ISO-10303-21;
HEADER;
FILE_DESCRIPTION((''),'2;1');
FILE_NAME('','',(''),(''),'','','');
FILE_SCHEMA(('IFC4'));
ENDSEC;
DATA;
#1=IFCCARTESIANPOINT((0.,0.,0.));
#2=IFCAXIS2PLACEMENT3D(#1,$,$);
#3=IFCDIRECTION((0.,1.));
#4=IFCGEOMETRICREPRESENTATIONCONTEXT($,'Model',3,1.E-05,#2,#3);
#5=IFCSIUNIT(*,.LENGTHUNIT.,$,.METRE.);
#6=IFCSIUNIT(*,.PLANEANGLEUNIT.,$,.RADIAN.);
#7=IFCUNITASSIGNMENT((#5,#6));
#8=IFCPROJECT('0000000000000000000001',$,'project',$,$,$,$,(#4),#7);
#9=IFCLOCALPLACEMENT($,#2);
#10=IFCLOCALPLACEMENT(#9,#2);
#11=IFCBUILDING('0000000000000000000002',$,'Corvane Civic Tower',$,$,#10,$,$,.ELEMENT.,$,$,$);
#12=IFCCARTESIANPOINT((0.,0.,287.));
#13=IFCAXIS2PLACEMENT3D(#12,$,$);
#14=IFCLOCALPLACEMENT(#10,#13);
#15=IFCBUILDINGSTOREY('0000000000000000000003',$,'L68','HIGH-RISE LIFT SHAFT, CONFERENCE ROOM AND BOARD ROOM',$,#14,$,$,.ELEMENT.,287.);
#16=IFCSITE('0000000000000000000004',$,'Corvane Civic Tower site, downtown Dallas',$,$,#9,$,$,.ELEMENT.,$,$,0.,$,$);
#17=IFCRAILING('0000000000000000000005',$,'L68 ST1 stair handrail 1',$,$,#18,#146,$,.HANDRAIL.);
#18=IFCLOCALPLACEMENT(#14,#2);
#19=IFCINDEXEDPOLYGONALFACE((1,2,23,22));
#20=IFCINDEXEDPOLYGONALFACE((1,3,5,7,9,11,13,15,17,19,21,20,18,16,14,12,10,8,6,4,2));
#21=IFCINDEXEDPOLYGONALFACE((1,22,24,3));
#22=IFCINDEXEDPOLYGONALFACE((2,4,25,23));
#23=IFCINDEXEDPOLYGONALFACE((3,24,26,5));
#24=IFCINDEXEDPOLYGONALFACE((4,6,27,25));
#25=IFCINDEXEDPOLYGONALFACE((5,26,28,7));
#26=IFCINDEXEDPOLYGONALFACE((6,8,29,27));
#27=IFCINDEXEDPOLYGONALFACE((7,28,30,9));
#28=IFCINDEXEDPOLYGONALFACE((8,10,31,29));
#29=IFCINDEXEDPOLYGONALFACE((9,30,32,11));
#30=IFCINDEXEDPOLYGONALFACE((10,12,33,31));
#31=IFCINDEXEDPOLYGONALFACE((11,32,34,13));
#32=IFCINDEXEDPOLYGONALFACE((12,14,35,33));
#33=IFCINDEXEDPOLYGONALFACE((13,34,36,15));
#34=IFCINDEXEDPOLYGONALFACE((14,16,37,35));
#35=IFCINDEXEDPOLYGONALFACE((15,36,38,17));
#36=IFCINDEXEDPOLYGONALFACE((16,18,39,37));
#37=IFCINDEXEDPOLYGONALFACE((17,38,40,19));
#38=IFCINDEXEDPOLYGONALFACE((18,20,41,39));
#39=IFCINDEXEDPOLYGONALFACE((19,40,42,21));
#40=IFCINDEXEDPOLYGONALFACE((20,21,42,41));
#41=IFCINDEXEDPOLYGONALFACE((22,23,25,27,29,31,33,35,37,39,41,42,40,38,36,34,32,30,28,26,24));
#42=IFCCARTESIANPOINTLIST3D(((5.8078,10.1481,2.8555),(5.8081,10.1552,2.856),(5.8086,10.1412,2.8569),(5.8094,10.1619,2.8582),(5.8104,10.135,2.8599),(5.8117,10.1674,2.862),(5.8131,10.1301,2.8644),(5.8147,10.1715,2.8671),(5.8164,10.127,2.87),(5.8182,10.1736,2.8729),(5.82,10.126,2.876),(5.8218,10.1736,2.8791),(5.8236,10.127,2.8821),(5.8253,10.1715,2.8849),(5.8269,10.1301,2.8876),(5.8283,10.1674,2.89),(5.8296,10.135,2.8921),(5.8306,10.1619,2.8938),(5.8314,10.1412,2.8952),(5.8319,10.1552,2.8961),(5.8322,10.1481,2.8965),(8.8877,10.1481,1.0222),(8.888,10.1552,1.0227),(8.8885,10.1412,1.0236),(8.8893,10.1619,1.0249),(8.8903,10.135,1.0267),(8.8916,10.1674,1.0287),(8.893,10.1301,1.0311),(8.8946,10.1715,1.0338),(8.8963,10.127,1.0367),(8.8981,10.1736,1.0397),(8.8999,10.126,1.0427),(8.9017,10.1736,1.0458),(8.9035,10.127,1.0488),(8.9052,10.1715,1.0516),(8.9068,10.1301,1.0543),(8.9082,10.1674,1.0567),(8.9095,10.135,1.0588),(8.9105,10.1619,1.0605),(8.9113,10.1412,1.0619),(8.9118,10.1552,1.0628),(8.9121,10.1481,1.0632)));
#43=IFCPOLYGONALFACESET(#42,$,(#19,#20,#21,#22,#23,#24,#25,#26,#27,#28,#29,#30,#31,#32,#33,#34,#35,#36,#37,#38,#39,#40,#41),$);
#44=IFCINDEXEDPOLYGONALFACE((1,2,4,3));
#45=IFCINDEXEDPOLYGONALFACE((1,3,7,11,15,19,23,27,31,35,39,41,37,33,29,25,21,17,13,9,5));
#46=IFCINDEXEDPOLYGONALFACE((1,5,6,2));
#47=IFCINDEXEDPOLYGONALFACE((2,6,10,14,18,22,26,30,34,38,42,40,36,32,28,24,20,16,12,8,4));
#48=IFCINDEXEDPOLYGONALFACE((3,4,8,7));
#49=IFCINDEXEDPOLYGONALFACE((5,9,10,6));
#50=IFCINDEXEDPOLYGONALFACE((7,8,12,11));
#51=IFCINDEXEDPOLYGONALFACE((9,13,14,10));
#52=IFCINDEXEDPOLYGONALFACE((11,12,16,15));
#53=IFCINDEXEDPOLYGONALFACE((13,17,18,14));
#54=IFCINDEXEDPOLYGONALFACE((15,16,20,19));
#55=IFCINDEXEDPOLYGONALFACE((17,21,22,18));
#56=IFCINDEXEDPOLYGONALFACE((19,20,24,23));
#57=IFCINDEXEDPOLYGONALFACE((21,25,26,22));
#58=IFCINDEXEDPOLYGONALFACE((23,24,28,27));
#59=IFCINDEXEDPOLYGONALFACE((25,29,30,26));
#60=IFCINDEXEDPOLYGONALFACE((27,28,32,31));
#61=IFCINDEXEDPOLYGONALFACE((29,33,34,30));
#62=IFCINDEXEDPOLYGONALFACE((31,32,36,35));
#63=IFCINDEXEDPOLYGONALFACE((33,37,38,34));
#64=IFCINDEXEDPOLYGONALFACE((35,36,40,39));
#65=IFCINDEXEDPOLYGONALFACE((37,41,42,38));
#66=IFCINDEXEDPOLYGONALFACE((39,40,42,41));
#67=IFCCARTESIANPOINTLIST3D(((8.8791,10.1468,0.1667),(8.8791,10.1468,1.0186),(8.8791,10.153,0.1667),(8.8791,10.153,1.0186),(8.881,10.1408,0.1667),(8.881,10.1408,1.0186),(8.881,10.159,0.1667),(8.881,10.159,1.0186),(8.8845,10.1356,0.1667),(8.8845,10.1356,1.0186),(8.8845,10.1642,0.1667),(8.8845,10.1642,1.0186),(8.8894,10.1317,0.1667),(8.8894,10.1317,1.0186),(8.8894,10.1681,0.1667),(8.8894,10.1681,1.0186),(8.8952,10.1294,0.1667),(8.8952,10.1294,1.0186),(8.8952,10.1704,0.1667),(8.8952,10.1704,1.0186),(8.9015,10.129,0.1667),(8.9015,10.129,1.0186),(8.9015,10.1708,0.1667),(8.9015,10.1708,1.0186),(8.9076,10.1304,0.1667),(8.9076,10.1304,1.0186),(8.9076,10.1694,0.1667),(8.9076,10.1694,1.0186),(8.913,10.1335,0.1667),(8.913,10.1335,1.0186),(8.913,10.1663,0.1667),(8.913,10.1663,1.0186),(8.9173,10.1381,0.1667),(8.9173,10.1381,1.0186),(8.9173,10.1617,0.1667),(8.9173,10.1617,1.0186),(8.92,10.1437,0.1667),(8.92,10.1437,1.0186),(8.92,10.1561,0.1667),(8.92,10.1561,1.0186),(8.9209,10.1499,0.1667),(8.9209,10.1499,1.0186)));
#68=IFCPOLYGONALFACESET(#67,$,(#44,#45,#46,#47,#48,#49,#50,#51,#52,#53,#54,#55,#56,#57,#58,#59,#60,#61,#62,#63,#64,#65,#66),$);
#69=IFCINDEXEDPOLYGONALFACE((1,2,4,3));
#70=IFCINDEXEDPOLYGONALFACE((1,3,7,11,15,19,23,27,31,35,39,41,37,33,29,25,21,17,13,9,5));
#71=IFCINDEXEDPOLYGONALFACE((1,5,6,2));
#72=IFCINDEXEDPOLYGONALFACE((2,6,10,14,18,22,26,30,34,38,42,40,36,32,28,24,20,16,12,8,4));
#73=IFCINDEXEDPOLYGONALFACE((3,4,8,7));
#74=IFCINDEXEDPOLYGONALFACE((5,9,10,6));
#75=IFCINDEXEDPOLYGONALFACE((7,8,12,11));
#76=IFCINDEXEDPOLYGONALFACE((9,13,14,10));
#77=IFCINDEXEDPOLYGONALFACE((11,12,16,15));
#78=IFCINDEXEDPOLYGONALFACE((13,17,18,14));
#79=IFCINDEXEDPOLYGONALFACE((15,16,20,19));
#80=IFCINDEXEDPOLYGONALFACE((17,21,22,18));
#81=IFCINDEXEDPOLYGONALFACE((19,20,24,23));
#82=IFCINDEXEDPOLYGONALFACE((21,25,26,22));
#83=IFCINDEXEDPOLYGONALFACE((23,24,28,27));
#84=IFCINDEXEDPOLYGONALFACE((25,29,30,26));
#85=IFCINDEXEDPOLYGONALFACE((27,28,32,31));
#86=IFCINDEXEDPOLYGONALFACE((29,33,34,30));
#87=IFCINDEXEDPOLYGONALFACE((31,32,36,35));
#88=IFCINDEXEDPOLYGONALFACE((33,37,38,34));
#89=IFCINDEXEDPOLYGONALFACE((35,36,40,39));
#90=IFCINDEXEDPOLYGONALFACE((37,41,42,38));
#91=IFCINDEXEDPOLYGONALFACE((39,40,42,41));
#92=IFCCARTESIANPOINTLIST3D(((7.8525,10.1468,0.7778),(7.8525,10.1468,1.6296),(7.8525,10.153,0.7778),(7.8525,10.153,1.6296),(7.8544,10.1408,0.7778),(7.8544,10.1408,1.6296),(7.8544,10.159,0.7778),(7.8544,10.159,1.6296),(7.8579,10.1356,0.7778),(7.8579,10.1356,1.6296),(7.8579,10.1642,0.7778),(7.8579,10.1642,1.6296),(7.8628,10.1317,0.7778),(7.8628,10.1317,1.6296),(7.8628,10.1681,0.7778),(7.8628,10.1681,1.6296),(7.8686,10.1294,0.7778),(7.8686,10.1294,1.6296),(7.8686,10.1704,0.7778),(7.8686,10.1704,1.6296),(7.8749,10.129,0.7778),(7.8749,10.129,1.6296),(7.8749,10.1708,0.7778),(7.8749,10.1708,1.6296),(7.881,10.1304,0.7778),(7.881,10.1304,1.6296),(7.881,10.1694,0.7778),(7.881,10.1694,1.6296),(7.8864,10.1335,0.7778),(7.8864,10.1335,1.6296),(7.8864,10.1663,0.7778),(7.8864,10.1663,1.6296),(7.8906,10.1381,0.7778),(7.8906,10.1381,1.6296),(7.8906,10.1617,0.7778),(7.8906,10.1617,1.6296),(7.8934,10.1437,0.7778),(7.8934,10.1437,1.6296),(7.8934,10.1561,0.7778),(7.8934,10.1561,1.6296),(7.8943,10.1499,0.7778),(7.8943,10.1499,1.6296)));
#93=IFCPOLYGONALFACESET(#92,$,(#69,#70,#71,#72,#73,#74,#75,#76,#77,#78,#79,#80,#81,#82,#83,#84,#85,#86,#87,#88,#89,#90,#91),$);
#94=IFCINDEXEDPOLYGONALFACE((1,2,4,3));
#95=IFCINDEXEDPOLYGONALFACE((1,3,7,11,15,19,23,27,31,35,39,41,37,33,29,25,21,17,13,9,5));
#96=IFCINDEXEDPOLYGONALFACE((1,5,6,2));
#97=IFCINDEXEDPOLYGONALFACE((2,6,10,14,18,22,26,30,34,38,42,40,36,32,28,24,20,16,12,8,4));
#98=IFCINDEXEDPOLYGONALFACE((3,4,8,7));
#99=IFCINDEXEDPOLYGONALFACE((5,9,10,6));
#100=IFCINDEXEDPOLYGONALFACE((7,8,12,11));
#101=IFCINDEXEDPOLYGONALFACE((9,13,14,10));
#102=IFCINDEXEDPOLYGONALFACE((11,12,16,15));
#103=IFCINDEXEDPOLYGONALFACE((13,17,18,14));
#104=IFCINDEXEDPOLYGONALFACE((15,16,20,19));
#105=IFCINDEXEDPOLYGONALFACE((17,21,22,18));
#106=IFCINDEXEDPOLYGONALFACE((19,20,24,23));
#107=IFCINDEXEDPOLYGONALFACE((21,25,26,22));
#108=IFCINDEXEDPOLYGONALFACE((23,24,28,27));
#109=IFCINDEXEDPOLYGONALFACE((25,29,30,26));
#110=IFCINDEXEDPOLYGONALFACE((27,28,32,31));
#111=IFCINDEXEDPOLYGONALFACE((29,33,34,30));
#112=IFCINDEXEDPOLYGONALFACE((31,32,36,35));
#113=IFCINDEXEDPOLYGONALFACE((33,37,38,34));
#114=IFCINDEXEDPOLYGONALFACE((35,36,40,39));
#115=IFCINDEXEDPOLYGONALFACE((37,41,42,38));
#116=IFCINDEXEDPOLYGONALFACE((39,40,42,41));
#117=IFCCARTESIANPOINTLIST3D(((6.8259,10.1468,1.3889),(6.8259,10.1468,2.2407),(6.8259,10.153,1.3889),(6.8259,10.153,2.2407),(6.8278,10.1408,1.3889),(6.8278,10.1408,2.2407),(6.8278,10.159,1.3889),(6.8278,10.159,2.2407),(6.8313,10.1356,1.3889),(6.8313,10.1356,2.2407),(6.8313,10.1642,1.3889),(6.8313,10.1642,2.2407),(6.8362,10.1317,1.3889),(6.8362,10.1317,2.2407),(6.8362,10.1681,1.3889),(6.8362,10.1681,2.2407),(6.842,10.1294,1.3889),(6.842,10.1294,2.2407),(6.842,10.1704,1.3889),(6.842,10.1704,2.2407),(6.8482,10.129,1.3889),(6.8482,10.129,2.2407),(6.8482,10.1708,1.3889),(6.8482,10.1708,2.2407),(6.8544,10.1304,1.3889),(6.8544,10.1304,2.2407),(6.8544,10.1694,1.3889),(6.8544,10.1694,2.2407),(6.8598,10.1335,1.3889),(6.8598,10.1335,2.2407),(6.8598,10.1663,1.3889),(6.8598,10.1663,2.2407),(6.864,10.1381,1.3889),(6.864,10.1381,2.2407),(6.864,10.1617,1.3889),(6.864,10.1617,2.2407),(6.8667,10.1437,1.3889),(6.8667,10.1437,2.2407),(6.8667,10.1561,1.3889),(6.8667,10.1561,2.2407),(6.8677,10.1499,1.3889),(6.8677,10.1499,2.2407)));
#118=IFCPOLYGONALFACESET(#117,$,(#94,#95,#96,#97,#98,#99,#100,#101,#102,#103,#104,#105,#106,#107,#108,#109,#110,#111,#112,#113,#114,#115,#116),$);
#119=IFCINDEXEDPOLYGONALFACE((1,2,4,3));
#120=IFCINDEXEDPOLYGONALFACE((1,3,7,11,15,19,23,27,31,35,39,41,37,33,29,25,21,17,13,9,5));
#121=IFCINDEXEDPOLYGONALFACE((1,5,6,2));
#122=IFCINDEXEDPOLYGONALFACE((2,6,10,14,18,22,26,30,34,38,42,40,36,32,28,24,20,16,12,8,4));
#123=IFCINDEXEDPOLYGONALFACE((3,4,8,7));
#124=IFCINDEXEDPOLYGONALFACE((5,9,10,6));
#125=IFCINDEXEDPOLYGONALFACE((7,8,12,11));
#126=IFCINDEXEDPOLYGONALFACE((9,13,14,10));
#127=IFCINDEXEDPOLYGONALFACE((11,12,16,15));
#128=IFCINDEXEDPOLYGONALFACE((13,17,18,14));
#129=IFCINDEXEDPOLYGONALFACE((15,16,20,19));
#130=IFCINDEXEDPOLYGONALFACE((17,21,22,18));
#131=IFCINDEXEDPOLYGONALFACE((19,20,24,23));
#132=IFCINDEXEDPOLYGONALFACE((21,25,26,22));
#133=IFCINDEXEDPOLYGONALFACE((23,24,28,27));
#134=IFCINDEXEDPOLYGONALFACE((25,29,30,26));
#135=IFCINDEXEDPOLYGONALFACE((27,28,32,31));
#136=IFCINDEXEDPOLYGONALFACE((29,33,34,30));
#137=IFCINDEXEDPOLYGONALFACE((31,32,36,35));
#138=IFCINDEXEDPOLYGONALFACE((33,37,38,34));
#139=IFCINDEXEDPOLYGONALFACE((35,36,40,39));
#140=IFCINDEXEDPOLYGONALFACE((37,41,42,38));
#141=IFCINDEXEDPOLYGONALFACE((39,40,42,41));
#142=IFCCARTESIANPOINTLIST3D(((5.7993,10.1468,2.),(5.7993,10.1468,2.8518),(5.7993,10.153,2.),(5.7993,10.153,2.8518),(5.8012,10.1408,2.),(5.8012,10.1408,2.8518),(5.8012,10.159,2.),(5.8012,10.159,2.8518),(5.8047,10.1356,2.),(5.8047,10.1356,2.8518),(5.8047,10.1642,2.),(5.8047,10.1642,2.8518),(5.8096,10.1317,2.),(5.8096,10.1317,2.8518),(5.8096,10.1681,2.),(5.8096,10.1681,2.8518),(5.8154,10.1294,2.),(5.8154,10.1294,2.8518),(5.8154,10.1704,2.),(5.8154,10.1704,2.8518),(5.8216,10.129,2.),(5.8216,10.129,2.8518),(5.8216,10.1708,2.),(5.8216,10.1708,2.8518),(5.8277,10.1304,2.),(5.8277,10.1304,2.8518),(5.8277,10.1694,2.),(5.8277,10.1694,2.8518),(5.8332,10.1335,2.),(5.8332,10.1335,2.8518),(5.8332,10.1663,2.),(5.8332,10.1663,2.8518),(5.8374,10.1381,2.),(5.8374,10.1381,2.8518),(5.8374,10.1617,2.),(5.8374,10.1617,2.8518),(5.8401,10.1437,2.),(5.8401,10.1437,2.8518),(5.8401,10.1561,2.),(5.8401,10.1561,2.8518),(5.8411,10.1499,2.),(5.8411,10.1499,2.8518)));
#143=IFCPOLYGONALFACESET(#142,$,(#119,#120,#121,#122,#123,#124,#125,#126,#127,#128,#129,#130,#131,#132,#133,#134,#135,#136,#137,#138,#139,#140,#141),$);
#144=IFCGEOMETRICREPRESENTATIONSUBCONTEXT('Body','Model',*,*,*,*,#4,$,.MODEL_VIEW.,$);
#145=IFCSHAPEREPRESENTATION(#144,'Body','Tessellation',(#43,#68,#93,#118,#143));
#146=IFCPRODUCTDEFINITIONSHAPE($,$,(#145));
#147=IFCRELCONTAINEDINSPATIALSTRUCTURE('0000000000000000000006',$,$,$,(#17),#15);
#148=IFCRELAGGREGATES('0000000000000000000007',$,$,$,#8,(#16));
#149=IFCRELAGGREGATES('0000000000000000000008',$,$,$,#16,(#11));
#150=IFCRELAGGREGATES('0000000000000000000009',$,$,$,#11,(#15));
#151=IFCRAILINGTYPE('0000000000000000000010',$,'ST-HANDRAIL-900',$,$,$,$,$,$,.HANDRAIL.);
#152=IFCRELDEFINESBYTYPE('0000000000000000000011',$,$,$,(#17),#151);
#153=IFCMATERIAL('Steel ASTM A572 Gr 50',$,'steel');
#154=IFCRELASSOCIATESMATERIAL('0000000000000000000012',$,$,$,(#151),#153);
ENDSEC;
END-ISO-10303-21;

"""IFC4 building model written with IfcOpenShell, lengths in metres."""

from ifc_helpers import new_model, si_unit, direction, frame, origin, origin_2d, place, context, subcontext, project, spatial, circle, extrude, material, type_object, element, save


model = new_model("IFC4")

# Units and contexts
model_context = context("Model", 3, precision=1e-05, world=origin(), true_north=direction((0.0, 1.0)))
body_context = subcontext(model_context, "Body", "Model", "MODEL_VIEW")
ifc_project = project(units=[si_unit("LENGTHUNIT", "METRE"), si_unit("PLANEANGLEUNIT", "RADIAN")], contexts=[model_context])

# Site, building, storey
site_placement = place(None, origin())
site = spatial("IfcSite", under=ifc_project, at=site_placement, Name="Corvane Civic Tower site, downtown Dallas", CompositionType="ELEMENT", RefElevation=0.0)
building_placement = place(site_placement, origin())
building = spatial("IfcBuilding", under=site, at=building_placement, Name="Corvane Civic Tower", CompositionType="ELEMENT")
storey_placement = place(building_placement, frame((0.0, 0.0, 287.0)))
storey = spatial("IfcBuildingStorey", under=building, at=storey_placement, Name="L68", Description="HIGH-RISE LIFT SHAFT, CONFERENCE ROOM AND BOARD ROOM", CompositionType="ELEMENT", Elevation=287.0)

# Railing
ifc_material_1 = material(Name="Steel ASTM A572 Gr 50", Category="steel")
railing_type = type_object("IfcRailingType", Name="ST-HANDRAIL-900", PredefinedType="HANDRAIL", material=ifc_material_1)
railing_placement = place(storey_placement, frame((8.8999, 10.1499, 0.1667)))
element("IfcRailing", 1, at=railing_placement, inside=storey, type_object=railing_type, Name="L68 ST1 stair handrail 1", PredefinedType="HANDRAIL", context=body_context, shape_type="SweptSolid", body=[
    extrude(circle(Radius=0.0239, at=origin_2d()), frame((0.0, 0.0, 0.876), z_axis=(-0.859291, 0.0, 0.511487), x_axis=(0.0, -1.0, 0.0)), (0.0, 0.0, 1.0), 3.5842),
    extrude(circle(Radius=0.021, at=origin_2d()), origin(), (0.0, 0.0, 1.0), 0.8518),
    extrude(circle(Radius=0.021, at=origin_2d()), frame((-1.0266, 0.0, 0.6111)), (0.0, 0.0, 1.0), 0.8518),
    extrude(circle(Radius=0.021, at=origin_2d()), frame((-2.0532, 0.0, 1.2222)), (0.0, 0.0, 1.0), 0.8518),
    extrude(circle(Radius=0.021, at=origin_2d()), frame((-3.0798, 0.0, 1.8333)), (0.0, 0.0, 1.0), 0.8518),
])

save(model, "model.ifc")
